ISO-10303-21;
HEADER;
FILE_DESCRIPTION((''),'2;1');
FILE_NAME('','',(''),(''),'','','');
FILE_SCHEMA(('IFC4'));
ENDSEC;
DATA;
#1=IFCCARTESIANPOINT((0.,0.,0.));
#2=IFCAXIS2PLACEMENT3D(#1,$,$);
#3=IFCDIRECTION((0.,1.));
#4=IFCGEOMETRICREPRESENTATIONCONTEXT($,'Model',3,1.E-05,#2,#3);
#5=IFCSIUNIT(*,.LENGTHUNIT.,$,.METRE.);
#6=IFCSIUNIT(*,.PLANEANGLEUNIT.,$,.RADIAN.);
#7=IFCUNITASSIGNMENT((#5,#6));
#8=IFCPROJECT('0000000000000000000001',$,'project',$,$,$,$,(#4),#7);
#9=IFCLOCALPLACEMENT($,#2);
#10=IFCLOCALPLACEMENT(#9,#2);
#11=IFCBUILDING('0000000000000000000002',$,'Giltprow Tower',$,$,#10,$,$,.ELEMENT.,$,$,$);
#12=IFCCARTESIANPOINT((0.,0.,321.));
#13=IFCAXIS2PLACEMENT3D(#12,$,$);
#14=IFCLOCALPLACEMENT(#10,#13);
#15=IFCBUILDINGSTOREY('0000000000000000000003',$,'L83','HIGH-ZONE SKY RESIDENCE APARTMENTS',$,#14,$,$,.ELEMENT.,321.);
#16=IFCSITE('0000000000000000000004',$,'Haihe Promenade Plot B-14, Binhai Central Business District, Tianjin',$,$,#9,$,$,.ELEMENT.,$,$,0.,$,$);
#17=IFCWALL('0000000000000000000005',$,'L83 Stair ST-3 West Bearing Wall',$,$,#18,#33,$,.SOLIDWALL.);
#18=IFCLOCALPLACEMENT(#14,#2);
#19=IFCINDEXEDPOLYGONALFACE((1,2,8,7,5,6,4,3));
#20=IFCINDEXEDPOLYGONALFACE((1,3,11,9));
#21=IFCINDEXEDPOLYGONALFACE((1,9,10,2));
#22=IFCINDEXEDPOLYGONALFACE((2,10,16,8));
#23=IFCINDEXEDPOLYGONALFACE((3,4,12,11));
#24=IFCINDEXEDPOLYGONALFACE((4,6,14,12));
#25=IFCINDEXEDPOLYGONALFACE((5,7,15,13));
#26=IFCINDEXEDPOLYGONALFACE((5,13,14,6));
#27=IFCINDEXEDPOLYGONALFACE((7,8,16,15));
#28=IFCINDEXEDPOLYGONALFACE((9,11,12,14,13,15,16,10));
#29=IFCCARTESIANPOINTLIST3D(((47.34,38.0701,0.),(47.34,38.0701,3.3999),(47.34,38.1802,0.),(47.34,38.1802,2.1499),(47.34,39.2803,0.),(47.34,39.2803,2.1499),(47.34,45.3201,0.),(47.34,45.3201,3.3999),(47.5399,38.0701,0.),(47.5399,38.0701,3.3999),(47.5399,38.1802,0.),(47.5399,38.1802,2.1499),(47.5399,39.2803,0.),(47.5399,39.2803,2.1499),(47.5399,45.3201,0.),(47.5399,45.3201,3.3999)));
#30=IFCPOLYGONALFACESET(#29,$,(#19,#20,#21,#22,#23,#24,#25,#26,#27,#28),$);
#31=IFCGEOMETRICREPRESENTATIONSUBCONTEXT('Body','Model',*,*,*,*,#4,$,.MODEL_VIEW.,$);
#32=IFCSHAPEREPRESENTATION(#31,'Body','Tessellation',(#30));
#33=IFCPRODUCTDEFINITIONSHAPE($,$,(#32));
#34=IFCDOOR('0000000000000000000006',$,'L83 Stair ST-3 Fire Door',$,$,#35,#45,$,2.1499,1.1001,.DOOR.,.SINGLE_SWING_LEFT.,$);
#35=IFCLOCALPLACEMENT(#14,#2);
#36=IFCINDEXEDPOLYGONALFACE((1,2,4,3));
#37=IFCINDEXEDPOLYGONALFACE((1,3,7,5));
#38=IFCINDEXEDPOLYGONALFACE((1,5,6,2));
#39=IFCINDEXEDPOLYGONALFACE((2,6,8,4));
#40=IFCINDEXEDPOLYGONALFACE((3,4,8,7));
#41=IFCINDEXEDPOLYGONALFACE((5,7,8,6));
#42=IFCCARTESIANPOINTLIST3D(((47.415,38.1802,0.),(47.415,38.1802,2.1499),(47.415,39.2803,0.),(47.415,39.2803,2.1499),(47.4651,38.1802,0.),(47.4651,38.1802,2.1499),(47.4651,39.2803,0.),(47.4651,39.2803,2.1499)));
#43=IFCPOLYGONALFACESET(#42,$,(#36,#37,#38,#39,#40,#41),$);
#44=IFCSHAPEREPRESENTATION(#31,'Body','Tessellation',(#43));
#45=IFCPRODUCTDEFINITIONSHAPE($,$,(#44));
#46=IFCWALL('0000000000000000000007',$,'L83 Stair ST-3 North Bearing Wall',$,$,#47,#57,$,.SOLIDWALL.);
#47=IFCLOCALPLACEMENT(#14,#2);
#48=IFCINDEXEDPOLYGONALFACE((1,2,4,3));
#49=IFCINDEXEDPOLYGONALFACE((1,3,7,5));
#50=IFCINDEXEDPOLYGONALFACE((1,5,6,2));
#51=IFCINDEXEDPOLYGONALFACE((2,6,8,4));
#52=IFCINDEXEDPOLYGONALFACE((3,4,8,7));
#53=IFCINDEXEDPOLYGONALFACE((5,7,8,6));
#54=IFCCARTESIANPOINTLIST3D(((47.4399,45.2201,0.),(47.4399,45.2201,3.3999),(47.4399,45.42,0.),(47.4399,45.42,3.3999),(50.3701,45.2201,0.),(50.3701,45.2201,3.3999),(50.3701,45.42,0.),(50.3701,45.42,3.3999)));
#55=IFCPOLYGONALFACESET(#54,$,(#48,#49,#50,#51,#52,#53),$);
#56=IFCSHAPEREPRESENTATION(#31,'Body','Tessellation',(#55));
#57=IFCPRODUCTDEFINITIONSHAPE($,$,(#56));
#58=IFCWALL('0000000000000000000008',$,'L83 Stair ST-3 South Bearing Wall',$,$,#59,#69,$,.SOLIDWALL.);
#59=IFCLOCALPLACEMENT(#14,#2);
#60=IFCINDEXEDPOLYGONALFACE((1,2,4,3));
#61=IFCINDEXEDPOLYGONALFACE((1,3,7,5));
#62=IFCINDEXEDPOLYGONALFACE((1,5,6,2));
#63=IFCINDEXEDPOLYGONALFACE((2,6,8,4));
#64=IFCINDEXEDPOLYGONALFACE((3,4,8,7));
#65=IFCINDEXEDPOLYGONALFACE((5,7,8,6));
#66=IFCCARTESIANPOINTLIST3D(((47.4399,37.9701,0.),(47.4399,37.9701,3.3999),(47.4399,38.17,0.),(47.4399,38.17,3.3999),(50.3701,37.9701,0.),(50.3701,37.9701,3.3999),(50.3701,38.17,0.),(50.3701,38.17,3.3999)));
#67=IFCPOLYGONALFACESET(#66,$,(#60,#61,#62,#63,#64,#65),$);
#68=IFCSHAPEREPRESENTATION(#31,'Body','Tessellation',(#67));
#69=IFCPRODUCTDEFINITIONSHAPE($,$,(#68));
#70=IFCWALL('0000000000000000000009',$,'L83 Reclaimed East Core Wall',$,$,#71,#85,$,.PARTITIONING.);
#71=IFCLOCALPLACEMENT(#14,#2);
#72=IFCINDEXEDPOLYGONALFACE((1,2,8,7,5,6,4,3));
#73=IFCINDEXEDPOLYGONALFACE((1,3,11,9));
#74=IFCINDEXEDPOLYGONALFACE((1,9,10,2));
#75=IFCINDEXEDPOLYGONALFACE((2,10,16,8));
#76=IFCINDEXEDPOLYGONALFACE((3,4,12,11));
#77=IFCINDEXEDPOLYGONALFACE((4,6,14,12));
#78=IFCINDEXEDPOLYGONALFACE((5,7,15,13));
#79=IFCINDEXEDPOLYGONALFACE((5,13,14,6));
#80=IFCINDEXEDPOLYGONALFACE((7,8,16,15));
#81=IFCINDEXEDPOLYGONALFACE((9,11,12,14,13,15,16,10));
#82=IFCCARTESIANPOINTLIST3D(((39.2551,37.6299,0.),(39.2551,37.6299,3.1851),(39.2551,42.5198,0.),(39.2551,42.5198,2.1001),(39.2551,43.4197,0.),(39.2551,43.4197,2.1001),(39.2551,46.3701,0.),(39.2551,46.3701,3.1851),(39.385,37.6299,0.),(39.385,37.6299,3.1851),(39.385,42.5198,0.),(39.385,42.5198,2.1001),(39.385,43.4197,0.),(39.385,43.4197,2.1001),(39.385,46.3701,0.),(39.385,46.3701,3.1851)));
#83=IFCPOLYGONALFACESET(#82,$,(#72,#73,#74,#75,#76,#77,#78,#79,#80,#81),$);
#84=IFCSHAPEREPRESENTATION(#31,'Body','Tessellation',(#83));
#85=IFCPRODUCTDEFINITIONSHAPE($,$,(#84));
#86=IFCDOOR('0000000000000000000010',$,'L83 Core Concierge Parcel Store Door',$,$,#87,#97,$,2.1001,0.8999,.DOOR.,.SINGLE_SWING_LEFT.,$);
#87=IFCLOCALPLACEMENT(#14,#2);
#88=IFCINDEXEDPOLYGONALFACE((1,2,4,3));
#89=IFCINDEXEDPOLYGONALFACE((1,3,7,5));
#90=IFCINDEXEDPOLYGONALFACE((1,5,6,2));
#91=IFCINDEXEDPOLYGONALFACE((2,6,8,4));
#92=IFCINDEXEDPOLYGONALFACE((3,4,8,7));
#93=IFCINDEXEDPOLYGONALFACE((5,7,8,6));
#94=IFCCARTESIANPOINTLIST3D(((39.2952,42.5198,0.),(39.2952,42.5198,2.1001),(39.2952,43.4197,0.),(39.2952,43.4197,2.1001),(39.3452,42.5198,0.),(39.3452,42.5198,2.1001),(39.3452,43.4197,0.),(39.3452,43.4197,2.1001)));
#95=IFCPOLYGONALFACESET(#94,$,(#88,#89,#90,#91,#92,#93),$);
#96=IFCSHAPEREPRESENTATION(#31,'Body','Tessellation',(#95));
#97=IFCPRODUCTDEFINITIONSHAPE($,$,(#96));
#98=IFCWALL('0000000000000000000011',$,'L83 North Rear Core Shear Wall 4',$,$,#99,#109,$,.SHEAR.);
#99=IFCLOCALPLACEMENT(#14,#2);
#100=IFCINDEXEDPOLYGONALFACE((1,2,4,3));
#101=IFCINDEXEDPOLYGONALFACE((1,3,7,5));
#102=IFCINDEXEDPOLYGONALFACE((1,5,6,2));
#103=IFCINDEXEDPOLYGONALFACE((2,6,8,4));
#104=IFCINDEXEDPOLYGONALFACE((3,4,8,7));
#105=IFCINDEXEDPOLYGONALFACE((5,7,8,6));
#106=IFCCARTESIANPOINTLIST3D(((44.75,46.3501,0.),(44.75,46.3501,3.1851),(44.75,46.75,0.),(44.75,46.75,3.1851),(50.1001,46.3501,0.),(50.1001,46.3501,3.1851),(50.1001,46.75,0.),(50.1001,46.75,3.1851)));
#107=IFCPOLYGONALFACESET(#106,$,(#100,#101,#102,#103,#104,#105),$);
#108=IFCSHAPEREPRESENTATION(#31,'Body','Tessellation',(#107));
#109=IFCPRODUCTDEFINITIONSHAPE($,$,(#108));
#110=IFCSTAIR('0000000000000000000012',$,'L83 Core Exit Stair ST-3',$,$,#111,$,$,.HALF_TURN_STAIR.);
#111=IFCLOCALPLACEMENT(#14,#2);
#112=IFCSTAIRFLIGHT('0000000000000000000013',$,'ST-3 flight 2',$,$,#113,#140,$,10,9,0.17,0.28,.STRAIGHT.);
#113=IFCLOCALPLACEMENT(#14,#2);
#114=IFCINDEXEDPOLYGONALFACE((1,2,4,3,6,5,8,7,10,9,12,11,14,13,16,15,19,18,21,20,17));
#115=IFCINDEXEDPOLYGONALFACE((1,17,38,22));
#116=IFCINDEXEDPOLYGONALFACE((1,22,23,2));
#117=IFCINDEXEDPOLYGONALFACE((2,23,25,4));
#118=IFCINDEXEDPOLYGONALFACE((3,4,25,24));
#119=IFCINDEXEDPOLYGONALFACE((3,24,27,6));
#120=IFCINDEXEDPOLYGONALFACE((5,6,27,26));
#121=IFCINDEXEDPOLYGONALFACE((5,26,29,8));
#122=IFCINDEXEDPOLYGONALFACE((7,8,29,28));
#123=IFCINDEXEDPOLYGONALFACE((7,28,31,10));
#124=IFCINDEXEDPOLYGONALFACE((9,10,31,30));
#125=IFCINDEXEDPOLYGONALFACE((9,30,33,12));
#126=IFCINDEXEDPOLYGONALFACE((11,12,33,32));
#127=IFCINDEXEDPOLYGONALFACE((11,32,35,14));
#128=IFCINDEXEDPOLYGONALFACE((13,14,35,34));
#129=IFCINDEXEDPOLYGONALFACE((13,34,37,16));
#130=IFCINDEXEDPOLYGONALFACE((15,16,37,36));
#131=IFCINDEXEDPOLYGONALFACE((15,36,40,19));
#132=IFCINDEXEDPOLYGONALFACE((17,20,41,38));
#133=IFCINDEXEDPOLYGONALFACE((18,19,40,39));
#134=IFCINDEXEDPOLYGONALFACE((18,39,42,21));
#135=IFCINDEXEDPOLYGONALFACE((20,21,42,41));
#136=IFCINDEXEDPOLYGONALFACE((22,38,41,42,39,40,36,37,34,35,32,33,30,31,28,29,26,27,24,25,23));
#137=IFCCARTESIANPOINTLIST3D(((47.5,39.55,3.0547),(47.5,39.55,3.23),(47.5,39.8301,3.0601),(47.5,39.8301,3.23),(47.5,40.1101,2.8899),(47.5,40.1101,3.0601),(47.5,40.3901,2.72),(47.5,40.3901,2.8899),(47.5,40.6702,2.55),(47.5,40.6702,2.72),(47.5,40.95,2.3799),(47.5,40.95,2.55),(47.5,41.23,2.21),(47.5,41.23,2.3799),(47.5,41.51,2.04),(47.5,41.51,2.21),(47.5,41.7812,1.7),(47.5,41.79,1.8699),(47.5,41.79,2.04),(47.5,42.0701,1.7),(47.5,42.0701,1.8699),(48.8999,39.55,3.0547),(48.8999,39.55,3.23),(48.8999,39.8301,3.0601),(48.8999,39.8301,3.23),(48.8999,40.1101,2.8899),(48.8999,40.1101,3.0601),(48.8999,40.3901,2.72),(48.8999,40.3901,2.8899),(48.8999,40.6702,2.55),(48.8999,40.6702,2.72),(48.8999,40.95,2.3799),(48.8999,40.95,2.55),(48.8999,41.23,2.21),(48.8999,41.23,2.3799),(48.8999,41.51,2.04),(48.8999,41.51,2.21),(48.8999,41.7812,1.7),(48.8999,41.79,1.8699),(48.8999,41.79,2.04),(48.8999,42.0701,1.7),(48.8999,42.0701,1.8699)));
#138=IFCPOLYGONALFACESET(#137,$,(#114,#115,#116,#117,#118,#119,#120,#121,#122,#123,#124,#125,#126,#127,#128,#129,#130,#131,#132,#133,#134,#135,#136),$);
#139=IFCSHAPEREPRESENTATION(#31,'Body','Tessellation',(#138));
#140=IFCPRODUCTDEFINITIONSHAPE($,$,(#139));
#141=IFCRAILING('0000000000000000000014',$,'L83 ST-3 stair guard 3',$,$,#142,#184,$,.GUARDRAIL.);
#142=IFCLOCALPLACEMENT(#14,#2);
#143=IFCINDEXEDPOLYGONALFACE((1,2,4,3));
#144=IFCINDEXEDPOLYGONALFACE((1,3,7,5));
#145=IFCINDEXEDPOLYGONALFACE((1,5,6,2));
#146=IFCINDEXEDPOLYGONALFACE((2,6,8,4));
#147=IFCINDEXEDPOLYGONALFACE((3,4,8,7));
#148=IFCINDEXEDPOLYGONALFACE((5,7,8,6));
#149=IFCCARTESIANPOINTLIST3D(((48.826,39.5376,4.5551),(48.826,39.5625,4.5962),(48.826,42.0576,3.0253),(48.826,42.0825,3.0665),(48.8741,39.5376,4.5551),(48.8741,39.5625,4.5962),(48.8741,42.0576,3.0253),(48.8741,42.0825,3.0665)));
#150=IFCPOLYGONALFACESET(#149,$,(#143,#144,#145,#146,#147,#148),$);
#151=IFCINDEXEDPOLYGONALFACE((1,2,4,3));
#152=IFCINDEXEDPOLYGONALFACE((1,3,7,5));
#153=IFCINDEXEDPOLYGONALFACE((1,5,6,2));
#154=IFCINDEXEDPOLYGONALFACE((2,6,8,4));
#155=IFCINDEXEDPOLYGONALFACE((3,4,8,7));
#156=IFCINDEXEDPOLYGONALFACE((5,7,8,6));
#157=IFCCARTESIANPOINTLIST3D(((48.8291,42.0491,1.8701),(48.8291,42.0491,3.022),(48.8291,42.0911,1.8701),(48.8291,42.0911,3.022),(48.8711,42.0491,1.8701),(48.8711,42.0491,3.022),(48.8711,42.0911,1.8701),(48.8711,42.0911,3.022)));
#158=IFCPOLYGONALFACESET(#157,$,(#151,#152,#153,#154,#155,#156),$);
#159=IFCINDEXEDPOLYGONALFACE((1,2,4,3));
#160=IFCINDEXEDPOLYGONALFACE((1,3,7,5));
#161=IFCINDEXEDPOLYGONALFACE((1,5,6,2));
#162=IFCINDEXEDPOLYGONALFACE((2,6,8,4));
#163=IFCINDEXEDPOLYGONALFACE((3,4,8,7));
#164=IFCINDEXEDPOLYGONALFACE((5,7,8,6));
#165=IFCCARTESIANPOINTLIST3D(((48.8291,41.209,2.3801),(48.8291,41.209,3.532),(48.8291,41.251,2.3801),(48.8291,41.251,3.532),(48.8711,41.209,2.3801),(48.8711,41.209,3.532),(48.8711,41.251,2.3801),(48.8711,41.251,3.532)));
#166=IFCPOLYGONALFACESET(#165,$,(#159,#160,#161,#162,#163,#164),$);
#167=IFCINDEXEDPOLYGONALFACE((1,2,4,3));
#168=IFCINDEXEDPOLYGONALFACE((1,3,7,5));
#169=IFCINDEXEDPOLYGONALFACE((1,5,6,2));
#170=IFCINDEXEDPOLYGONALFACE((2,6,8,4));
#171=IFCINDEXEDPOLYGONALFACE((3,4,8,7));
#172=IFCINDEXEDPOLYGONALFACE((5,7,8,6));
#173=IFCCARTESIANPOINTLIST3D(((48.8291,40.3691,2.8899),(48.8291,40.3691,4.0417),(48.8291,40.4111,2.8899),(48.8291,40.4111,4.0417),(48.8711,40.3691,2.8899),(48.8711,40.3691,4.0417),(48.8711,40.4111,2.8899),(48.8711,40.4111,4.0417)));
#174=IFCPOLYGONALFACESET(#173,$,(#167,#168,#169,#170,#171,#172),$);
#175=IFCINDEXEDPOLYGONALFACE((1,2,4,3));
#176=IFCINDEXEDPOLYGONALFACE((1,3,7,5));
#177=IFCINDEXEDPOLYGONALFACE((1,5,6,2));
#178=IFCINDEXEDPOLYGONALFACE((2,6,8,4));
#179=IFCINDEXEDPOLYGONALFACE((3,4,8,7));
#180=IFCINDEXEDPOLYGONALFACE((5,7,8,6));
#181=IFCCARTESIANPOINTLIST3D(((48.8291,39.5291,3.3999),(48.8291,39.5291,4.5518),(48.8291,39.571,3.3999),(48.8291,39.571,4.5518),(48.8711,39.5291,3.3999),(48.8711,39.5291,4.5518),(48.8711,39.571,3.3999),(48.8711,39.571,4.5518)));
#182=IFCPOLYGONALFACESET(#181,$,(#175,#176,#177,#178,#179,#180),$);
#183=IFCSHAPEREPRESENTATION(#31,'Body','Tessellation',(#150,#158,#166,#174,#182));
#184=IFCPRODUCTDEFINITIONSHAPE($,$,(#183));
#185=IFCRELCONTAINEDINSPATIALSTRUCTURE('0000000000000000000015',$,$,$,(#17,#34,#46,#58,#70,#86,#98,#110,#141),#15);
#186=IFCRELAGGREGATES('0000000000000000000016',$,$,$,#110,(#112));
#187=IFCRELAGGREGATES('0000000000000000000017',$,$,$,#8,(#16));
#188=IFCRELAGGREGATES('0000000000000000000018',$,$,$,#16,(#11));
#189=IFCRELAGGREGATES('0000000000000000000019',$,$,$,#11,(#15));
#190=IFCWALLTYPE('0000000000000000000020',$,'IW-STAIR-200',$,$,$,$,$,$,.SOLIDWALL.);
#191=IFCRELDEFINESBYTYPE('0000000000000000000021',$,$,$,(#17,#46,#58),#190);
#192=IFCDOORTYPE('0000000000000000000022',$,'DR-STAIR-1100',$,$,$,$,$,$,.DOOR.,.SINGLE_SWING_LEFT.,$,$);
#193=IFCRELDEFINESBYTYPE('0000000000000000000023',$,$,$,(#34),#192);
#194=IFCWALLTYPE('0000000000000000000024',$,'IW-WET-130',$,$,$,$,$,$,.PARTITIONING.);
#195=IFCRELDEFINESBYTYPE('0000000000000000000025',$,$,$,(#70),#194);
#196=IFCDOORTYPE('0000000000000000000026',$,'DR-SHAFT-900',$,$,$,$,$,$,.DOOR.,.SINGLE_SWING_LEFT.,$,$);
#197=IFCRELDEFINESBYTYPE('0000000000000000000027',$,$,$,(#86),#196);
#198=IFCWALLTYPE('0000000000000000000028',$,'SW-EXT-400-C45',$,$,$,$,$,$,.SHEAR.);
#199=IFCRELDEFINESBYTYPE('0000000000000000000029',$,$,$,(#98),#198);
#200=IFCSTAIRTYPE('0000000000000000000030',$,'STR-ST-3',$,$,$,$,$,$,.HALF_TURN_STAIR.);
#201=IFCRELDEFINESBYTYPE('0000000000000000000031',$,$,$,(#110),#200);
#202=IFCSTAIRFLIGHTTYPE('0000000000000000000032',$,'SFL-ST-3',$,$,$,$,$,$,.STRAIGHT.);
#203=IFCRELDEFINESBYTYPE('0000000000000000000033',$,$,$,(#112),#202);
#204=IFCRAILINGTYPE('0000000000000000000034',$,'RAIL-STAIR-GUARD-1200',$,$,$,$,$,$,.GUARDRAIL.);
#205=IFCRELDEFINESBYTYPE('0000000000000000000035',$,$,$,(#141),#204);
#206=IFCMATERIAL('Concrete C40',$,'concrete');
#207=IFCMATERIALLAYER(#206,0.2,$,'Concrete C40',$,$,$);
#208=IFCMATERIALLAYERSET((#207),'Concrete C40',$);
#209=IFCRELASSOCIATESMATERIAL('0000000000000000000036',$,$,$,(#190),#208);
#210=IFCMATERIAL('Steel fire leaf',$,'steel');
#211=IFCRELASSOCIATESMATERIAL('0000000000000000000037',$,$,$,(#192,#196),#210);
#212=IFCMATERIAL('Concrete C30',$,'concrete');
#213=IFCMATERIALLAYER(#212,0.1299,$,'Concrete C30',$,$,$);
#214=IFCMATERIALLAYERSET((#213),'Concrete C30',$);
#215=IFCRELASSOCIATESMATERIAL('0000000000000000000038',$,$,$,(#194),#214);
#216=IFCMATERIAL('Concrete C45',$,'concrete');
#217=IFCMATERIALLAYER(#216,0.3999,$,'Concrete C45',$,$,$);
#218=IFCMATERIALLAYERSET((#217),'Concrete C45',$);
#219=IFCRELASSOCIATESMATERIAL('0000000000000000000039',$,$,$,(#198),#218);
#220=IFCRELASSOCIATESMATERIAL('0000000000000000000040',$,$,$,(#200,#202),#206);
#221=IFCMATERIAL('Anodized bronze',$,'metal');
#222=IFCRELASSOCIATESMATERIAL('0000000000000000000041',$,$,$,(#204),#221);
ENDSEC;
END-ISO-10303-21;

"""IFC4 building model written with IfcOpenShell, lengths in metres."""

from ifc_helpers import new_model, si_unit, direction, frame, frame_2d, origin, origin_2d, place, context, subcontext, project, spatial, polyline, rectangle, outline, extrude, source, transform, mapped, material, layer, layer_set, type_object, element, fill, aggregate, save


model = new_model("IFC4")

# Units and contexts
model_context = context("Model", 3, precision=1e-05, world=origin(), true_north=direction((0.0, 1.0)))
body_context = subcontext(model_context, "Body", "Model", "MODEL_VIEW")
ifc_project = project(units=[si_unit("LENGTHUNIT", "METRE"), si_unit("PLANEANGLEUNIT", "RADIAN")], contexts=[model_context])

# Site, building, storey
site_placement = place(None, origin())
site = spatial("IfcSite", under=ifc_project, at=site_placement, Name="Haihe Promenade Plot B-14, Binhai Central Business District, Tianjin", CompositionType="ELEMENT", RefElevation=0.0)
building_placement = place(site_placement, origin())
building = spatial("IfcBuilding", under=site, at=building_placement, Name="Giltprow Tower", CompositionType="ELEMENT")
storey_placement = place(building_placement, frame((0.0, 0.0, 321.0)))
storey = spatial("IfcBuildingStorey", under=building, at=storey_placement, Name="L83", Description="HIGH-ZONE SKY RESIDENCE APARTMENTS", CompositionType="ELEMENT", Elevation=321.0)

# Shared definitions
ifc_material_1 = material(Name="Concrete C45", Category="concrete")

# Shared definitions
ifc_material_2 = material(Name="Concrete C40", Category="concrete")

# Wall, opening, door
ifc_layer_1 = layer(ifc_material_2, 0.2, Name="Concrete C40")
ifc_layer_set_1 = layer_set([ifc_layer_1], Name="Concrete C40")
wall_type_1 = type_object("IfcWallType", Name="IW-STAIR-200", PredefinedType="SOLIDWALL", material=ifc_layer_set_1)
wall_1_placement = place(storey_placement, frame((47.4399, 38.0701, 0.0), z_axis=(0.0, 0.0, 1.0), x_axis=(0.0, 1.0, 0.0)))
wall_1 = element("IfcWall", 1, at=wall_1_placement, inside=storey, type_object=wall_type_1, Name="L83 Stair ST-3 West Bearing Wall", PredefinedType="SOLIDWALL", context=body_context, shape_type="SweptSolid", body=[
    extrude(rectangle(XDim=7.25, YDim=0.2, at=frame_2d((3.625, 0.0))), origin(), (0.0, 0.0, 1.0), 3.3999),
])
opening_1_placement = place(wall_1_placement, frame((0.1101, 0.0, 0.0)))
opening_1 = element("IfcOpeningElement", 2, at=opening_1_placement, cuts=wall_1, PredefinedType="OPENING", context=body_context, shape_type="SweptSolid", body=[
    extrude(rectangle(XDim=1.1001, YDim=2.1499, at=frame_2d((0.55, 1.075))), frame((0.0, 0.1099, 0.0), z_axis=(0.0, -1.0, 0.0), x_axis=(1.0, 0.0, 0.0)), (0.0, 0.0, 1.0), 0.22),
])
ifc_material_3 = material(Name="Steel fire leaf", Category="steel")
door_type_1 = type_object("IfcDoorType", Name="DR-STAIR-1100", OperationType="SINGLE_SWING_LEFT", PredefinedType="DOOR", material=ifc_material_3)
shared_shape_1 = source(origin(), body_context, "Body", "SweptSolid", [
    extrude(rectangle(XDim=1.1001, YDim=2.1499, at=frame_2d((0.55, 1.075))), frame((0.0, 0.0249, 0.0), z_axis=(0.0, -1.0, 0.0), x_axis=(1.0, 0.0, 0.0)), (0.0, 0.0, 1.0), 0.05),
])
door_1_placement = place(opening_1_placement, origin())
door_1 = element("IfcDoor", 3, at=door_1_placement, inside=storey, type_object=door_type_1, Name="L83 Stair ST-3 Fire Door", OperationType="SINGLE_SWING_LEFT", OverallHeight=2.1499, OverallWidth=1.1001, PredefinedType="DOOR", context=body_context, shape_type="MappedRepresentation", body=[
    mapped(shared_shape_1, transform((0.0, 0.0, 0.0), x_axis=(1.0, 0.0, 0.0), y_axis=(0.0, 1.0, 0.0), z_axis=(0.0, 0.0, 1.0), scale=1.0)),
])
fill(opening_1, door_1)

# Walls
for number, where, z_axis, x_axis, name in (
    (4, (47.4399, 45.3201, 0.0), (0.0, 0.0, 1.0), (1.0, 0.0, 0.0), "L83 Stair ST-3 North Bearing Wall"),
    (5, (47.4399, 38.0701, 0.0), (0.0, 0.0, 1.0), (1.0, 0.0, 0.0), "L83 Stair ST-3 South Bearing Wall"),
):
    element("IfcWall", number, at=place(storey_placement, frame(where, z_axis=z_axis, x_axis=x_axis)), inside=storey, type_object=wall_type_1, Name=name, PredefinedType="SOLIDWALL", context=body_context, shape_type="SweptSolid", body=[
        extrude(rectangle(XDim=2.9302, YDim=0.2, at=frame_2d((1.4651, 0.0))), origin(), (0.0, 0.0, 1.0), 3.3999),
    ])

# Wall, opening, door
ifc_material_4 = material(Name="Concrete C30", Category="concrete")
ifc_layer_2 = layer(ifc_material_4, 0.1299, Name="Concrete C30")
ifc_layer_set_2 = layer_set([ifc_layer_2], Name="Concrete C30")
wall_type_2 = type_object("IfcWallType", Name="IW-WET-130", PredefinedType="PARTITIONING", material=ifc_layer_set_2)
wall_2_placement = place(storey_placement, frame((39.3201, 37.6299, 0.0), z_axis=(0.0, 0.0, 1.0), x_axis=(0.0, 1.0, 0.0)))
wall_2 = element("IfcWall", 6, at=wall_2_placement, inside=storey, type_object=wall_type_2, Name="L83 Reclaimed East Core Wall", PredefinedType="PARTITIONING", context=body_context, shape_type="SweptSolid", body=[
    extrude(rectangle(XDim=8.7402, YDim=0.1299, at=frame_2d((4.3701, 0.0))), origin(), (0.0, 0.0, 1.0), 3.1851),
])
opening_2_placement = place(wall_2_placement, frame((4.8899, 0.0, 0.0)))
opening_2 = element("IfcOpeningElement", 7, at=opening_2_placement, cuts=wall_2, PredefinedType="OPENING", context=body_context, shape_type="SweptSolid", body=[
    extrude(rectangle(XDim=0.8999, YDim=2.1001, at=frame_2d((0.45, 1.05))), frame((0.0, 0.075, 0.0), z_axis=(0.0, -1.0, 0.0), x_axis=(1.0, 0.0, 0.0)), (0.0, 0.0, 1.0), 0.1499),
])
door_type_2 = type_object("IfcDoorType", Name="DR-SHAFT-900", OperationType="SINGLE_SWING_LEFT", PredefinedType="DOOR", material=ifc_material_3)
shared_shape_2 = source(origin(), body_context, "Body", "SweptSolid", [
    extrude(rectangle(XDim=0.8999, YDim=2.1001, at=frame_2d((0.45, 1.05))), frame((0.0, 0.0249, 0.0), z_axis=(0.0, -1.0, 0.0), x_axis=(1.0, 0.0, 0.0)), (0.0, 0.0, 1.0), 0.05),
])
door_2_placement = place(opening_2_placement, origin())
door_2 = element("IfcDoor", 8, at=door_2_placement, inside=storey, type_object=door_type_2, Name="L83 Core Concierge Parcel Store Door", OperationType="SINGLE_SWING_LEFT", OverallHeight=2.1001, OverallWidth=0.8999, PredefinedType="DOOR", context=body_context, shape_type="MappedRepresentation", body=[
    mapped(shared_shape_2, transform((0.0, 0.0, 0.0), x_axis=(1.0, 0.0, 0.0), y_axis=(0.0, 1.0, 0.0), z_axis=(0.0, 0.0, 1.0), scale=1.0)),
])
fill(opening_2, door_2)

# Wall
ifc_layer_3 = layer(ifc_material_1, 0.3999, Name="Concrete C45")
ifc_layer_set_3 = layer_set([ifc_layer_3], Name="Concrete C45")
wall_type_3 = type_object("IfcWallType", Name="SW-EXT-400-C45", PredefinedType="SHEAR", material=ifc_layer_set_3)
wall_3_placement = place(storey_placement, frame((44.75, 46.55, 0.0), z_axis=(0.0, 0.0, 1.0), x_axis=(1.0, 0.0, 0.0)))
element("IfcWall", 9, at=wall_3_placement, inside=storey, type_object=wall_type_3, Name="L83 North Rear Core Shear Wall 4", PredefinedType="SHEAR", context=body_context, shape_type="SweptSolid", body=[
    extrude(rectangle(XDim=5.3501, YDim=0.3999, at=frame_2d((2.675, 0.0))), origin(), (0.0, 0.0, 1.0), 3.1851),
])

# Stair, stair flight
stair_type = type_object("IfcStairType", Name="STR-ST-3", PredefinedType="HALF_TURN_STAIR", material=ifc_material_2)
stair_placement = place(storey_placement, origin())
stair = element("IfcStair", 10, at=stair_placement, inside=storey, type_object=stair_type, Name="L83 Core Exit Stair ST-3", PredefinedType="HALF_TURN_STAIR")
stair_flight_type = type_object("IfcStairFlightType", Name="SFL-ST-3", PredefinedType="STRAIGHT", material=ifc_material_2)
stair_flight_placement = place(storey_placement, frame((48.2, 42.0701, 1.7), z_axis=(0.0, 0.0, 1.0), x_axis=(0.0, -1.0, 0.0)))
stair_flight = element("IfcStairFlight", 11, at=stair_flight_placement, type_object=stair_flight_type, Name="ST-3 flight 2", NumberOfRisers=10, NumberOfTreads=9, PredefinedType="STRAIGHT", RiserHeight=0.17, TreadLength=0.28, context=body_context, shape_type="SweptSolid", body=[
    extrude(outline(polyline([(0.0, 0.0), (0.0, 0.1699), (0.28, 0.1699), (0.28, 0.3401), (0.5601, 0.3401), (0.5601, 0.51), (0.8401, 0.51), (0.8401, 0.6799), (1.1201, 0.6799), (1.1201, 0.8501), (1.3999, 0.8501), (1.3999, 1.02), (1.6799, 1.02), (1.6799, 1.1899), (1.96, 1.1899), (1.96, 1.3601), (2.24, 1.3601), (2.24, 1.53), (2.52, 1.53), (2.52, 1.7), (2.52, 1.3547), (0.2888, 0.0), (0.0, 0.0)])), frame((0.0, 0.7, 0.0), z_axis=(0.0, -1.0, 0.0), x_axis=(1.0, 0.0, 0.0)), (0.0, 0.0, 1.0), 1.3999),
])
aggregate(stair, [stair_flight])

# Railing
ifc_material_5 = material(Name="Anodized bronze", Category="metal")
railing_type_1 = type_object("IfcRailingType", Name="RAIL-STAIR-GUARD-1200", PredefinedType="GUARDRAIL", material=ifc_material_5)
railing_1_placement = place(storey_placement, frame((48.8501, 42.0701, 1.8701)))
element("IfcRailing", 12, at=railing_1_placement, inside=storey, type_object=railing_type_1, Name="L83 ST-3 stair guard 3", PredefinedType="GUARDRAIL", context=body_context, shape_type="SweptSolid", body=[
    extrude(rectangle(XDim=0.0481, YDim=0.0481, at=origin_2d()), frame((0.0, 0.0, 1.1758), z_axis=(0.0, -0.854822, 0.518922), x_axis=(1.0, 0.0, 0.0)), (0.0, 0.0, 1.0), 2.948),
    extrude(rectangle(XDim=0.042, YDim=0.042, at=origin_2d()), origin(), (0.0, 0.0, 1.0), 1.1519),
    extrude(rectangle(XDim=0.042, YDim=0.042, at=origin_2d()), frame((0.0, -0.8401, 0.51)), (0.0, 0.0, 1.0), 1.1519),
    extrude(rectangle(XDim=0.042, YDim=0.042, at=origin_2d()), frame((0.0, -1.6799, 1.0198)), (0.0, 0.0, 1.0), 1.1519),
    extrude(rectangle(XDim=0.042, YDim=0.042, at=origin_2d()), frame((0.0, -2.52, 1.5298)), (0.0, 0.0, 1.0), 1.1519),
])

save(model, "model.ifc")
